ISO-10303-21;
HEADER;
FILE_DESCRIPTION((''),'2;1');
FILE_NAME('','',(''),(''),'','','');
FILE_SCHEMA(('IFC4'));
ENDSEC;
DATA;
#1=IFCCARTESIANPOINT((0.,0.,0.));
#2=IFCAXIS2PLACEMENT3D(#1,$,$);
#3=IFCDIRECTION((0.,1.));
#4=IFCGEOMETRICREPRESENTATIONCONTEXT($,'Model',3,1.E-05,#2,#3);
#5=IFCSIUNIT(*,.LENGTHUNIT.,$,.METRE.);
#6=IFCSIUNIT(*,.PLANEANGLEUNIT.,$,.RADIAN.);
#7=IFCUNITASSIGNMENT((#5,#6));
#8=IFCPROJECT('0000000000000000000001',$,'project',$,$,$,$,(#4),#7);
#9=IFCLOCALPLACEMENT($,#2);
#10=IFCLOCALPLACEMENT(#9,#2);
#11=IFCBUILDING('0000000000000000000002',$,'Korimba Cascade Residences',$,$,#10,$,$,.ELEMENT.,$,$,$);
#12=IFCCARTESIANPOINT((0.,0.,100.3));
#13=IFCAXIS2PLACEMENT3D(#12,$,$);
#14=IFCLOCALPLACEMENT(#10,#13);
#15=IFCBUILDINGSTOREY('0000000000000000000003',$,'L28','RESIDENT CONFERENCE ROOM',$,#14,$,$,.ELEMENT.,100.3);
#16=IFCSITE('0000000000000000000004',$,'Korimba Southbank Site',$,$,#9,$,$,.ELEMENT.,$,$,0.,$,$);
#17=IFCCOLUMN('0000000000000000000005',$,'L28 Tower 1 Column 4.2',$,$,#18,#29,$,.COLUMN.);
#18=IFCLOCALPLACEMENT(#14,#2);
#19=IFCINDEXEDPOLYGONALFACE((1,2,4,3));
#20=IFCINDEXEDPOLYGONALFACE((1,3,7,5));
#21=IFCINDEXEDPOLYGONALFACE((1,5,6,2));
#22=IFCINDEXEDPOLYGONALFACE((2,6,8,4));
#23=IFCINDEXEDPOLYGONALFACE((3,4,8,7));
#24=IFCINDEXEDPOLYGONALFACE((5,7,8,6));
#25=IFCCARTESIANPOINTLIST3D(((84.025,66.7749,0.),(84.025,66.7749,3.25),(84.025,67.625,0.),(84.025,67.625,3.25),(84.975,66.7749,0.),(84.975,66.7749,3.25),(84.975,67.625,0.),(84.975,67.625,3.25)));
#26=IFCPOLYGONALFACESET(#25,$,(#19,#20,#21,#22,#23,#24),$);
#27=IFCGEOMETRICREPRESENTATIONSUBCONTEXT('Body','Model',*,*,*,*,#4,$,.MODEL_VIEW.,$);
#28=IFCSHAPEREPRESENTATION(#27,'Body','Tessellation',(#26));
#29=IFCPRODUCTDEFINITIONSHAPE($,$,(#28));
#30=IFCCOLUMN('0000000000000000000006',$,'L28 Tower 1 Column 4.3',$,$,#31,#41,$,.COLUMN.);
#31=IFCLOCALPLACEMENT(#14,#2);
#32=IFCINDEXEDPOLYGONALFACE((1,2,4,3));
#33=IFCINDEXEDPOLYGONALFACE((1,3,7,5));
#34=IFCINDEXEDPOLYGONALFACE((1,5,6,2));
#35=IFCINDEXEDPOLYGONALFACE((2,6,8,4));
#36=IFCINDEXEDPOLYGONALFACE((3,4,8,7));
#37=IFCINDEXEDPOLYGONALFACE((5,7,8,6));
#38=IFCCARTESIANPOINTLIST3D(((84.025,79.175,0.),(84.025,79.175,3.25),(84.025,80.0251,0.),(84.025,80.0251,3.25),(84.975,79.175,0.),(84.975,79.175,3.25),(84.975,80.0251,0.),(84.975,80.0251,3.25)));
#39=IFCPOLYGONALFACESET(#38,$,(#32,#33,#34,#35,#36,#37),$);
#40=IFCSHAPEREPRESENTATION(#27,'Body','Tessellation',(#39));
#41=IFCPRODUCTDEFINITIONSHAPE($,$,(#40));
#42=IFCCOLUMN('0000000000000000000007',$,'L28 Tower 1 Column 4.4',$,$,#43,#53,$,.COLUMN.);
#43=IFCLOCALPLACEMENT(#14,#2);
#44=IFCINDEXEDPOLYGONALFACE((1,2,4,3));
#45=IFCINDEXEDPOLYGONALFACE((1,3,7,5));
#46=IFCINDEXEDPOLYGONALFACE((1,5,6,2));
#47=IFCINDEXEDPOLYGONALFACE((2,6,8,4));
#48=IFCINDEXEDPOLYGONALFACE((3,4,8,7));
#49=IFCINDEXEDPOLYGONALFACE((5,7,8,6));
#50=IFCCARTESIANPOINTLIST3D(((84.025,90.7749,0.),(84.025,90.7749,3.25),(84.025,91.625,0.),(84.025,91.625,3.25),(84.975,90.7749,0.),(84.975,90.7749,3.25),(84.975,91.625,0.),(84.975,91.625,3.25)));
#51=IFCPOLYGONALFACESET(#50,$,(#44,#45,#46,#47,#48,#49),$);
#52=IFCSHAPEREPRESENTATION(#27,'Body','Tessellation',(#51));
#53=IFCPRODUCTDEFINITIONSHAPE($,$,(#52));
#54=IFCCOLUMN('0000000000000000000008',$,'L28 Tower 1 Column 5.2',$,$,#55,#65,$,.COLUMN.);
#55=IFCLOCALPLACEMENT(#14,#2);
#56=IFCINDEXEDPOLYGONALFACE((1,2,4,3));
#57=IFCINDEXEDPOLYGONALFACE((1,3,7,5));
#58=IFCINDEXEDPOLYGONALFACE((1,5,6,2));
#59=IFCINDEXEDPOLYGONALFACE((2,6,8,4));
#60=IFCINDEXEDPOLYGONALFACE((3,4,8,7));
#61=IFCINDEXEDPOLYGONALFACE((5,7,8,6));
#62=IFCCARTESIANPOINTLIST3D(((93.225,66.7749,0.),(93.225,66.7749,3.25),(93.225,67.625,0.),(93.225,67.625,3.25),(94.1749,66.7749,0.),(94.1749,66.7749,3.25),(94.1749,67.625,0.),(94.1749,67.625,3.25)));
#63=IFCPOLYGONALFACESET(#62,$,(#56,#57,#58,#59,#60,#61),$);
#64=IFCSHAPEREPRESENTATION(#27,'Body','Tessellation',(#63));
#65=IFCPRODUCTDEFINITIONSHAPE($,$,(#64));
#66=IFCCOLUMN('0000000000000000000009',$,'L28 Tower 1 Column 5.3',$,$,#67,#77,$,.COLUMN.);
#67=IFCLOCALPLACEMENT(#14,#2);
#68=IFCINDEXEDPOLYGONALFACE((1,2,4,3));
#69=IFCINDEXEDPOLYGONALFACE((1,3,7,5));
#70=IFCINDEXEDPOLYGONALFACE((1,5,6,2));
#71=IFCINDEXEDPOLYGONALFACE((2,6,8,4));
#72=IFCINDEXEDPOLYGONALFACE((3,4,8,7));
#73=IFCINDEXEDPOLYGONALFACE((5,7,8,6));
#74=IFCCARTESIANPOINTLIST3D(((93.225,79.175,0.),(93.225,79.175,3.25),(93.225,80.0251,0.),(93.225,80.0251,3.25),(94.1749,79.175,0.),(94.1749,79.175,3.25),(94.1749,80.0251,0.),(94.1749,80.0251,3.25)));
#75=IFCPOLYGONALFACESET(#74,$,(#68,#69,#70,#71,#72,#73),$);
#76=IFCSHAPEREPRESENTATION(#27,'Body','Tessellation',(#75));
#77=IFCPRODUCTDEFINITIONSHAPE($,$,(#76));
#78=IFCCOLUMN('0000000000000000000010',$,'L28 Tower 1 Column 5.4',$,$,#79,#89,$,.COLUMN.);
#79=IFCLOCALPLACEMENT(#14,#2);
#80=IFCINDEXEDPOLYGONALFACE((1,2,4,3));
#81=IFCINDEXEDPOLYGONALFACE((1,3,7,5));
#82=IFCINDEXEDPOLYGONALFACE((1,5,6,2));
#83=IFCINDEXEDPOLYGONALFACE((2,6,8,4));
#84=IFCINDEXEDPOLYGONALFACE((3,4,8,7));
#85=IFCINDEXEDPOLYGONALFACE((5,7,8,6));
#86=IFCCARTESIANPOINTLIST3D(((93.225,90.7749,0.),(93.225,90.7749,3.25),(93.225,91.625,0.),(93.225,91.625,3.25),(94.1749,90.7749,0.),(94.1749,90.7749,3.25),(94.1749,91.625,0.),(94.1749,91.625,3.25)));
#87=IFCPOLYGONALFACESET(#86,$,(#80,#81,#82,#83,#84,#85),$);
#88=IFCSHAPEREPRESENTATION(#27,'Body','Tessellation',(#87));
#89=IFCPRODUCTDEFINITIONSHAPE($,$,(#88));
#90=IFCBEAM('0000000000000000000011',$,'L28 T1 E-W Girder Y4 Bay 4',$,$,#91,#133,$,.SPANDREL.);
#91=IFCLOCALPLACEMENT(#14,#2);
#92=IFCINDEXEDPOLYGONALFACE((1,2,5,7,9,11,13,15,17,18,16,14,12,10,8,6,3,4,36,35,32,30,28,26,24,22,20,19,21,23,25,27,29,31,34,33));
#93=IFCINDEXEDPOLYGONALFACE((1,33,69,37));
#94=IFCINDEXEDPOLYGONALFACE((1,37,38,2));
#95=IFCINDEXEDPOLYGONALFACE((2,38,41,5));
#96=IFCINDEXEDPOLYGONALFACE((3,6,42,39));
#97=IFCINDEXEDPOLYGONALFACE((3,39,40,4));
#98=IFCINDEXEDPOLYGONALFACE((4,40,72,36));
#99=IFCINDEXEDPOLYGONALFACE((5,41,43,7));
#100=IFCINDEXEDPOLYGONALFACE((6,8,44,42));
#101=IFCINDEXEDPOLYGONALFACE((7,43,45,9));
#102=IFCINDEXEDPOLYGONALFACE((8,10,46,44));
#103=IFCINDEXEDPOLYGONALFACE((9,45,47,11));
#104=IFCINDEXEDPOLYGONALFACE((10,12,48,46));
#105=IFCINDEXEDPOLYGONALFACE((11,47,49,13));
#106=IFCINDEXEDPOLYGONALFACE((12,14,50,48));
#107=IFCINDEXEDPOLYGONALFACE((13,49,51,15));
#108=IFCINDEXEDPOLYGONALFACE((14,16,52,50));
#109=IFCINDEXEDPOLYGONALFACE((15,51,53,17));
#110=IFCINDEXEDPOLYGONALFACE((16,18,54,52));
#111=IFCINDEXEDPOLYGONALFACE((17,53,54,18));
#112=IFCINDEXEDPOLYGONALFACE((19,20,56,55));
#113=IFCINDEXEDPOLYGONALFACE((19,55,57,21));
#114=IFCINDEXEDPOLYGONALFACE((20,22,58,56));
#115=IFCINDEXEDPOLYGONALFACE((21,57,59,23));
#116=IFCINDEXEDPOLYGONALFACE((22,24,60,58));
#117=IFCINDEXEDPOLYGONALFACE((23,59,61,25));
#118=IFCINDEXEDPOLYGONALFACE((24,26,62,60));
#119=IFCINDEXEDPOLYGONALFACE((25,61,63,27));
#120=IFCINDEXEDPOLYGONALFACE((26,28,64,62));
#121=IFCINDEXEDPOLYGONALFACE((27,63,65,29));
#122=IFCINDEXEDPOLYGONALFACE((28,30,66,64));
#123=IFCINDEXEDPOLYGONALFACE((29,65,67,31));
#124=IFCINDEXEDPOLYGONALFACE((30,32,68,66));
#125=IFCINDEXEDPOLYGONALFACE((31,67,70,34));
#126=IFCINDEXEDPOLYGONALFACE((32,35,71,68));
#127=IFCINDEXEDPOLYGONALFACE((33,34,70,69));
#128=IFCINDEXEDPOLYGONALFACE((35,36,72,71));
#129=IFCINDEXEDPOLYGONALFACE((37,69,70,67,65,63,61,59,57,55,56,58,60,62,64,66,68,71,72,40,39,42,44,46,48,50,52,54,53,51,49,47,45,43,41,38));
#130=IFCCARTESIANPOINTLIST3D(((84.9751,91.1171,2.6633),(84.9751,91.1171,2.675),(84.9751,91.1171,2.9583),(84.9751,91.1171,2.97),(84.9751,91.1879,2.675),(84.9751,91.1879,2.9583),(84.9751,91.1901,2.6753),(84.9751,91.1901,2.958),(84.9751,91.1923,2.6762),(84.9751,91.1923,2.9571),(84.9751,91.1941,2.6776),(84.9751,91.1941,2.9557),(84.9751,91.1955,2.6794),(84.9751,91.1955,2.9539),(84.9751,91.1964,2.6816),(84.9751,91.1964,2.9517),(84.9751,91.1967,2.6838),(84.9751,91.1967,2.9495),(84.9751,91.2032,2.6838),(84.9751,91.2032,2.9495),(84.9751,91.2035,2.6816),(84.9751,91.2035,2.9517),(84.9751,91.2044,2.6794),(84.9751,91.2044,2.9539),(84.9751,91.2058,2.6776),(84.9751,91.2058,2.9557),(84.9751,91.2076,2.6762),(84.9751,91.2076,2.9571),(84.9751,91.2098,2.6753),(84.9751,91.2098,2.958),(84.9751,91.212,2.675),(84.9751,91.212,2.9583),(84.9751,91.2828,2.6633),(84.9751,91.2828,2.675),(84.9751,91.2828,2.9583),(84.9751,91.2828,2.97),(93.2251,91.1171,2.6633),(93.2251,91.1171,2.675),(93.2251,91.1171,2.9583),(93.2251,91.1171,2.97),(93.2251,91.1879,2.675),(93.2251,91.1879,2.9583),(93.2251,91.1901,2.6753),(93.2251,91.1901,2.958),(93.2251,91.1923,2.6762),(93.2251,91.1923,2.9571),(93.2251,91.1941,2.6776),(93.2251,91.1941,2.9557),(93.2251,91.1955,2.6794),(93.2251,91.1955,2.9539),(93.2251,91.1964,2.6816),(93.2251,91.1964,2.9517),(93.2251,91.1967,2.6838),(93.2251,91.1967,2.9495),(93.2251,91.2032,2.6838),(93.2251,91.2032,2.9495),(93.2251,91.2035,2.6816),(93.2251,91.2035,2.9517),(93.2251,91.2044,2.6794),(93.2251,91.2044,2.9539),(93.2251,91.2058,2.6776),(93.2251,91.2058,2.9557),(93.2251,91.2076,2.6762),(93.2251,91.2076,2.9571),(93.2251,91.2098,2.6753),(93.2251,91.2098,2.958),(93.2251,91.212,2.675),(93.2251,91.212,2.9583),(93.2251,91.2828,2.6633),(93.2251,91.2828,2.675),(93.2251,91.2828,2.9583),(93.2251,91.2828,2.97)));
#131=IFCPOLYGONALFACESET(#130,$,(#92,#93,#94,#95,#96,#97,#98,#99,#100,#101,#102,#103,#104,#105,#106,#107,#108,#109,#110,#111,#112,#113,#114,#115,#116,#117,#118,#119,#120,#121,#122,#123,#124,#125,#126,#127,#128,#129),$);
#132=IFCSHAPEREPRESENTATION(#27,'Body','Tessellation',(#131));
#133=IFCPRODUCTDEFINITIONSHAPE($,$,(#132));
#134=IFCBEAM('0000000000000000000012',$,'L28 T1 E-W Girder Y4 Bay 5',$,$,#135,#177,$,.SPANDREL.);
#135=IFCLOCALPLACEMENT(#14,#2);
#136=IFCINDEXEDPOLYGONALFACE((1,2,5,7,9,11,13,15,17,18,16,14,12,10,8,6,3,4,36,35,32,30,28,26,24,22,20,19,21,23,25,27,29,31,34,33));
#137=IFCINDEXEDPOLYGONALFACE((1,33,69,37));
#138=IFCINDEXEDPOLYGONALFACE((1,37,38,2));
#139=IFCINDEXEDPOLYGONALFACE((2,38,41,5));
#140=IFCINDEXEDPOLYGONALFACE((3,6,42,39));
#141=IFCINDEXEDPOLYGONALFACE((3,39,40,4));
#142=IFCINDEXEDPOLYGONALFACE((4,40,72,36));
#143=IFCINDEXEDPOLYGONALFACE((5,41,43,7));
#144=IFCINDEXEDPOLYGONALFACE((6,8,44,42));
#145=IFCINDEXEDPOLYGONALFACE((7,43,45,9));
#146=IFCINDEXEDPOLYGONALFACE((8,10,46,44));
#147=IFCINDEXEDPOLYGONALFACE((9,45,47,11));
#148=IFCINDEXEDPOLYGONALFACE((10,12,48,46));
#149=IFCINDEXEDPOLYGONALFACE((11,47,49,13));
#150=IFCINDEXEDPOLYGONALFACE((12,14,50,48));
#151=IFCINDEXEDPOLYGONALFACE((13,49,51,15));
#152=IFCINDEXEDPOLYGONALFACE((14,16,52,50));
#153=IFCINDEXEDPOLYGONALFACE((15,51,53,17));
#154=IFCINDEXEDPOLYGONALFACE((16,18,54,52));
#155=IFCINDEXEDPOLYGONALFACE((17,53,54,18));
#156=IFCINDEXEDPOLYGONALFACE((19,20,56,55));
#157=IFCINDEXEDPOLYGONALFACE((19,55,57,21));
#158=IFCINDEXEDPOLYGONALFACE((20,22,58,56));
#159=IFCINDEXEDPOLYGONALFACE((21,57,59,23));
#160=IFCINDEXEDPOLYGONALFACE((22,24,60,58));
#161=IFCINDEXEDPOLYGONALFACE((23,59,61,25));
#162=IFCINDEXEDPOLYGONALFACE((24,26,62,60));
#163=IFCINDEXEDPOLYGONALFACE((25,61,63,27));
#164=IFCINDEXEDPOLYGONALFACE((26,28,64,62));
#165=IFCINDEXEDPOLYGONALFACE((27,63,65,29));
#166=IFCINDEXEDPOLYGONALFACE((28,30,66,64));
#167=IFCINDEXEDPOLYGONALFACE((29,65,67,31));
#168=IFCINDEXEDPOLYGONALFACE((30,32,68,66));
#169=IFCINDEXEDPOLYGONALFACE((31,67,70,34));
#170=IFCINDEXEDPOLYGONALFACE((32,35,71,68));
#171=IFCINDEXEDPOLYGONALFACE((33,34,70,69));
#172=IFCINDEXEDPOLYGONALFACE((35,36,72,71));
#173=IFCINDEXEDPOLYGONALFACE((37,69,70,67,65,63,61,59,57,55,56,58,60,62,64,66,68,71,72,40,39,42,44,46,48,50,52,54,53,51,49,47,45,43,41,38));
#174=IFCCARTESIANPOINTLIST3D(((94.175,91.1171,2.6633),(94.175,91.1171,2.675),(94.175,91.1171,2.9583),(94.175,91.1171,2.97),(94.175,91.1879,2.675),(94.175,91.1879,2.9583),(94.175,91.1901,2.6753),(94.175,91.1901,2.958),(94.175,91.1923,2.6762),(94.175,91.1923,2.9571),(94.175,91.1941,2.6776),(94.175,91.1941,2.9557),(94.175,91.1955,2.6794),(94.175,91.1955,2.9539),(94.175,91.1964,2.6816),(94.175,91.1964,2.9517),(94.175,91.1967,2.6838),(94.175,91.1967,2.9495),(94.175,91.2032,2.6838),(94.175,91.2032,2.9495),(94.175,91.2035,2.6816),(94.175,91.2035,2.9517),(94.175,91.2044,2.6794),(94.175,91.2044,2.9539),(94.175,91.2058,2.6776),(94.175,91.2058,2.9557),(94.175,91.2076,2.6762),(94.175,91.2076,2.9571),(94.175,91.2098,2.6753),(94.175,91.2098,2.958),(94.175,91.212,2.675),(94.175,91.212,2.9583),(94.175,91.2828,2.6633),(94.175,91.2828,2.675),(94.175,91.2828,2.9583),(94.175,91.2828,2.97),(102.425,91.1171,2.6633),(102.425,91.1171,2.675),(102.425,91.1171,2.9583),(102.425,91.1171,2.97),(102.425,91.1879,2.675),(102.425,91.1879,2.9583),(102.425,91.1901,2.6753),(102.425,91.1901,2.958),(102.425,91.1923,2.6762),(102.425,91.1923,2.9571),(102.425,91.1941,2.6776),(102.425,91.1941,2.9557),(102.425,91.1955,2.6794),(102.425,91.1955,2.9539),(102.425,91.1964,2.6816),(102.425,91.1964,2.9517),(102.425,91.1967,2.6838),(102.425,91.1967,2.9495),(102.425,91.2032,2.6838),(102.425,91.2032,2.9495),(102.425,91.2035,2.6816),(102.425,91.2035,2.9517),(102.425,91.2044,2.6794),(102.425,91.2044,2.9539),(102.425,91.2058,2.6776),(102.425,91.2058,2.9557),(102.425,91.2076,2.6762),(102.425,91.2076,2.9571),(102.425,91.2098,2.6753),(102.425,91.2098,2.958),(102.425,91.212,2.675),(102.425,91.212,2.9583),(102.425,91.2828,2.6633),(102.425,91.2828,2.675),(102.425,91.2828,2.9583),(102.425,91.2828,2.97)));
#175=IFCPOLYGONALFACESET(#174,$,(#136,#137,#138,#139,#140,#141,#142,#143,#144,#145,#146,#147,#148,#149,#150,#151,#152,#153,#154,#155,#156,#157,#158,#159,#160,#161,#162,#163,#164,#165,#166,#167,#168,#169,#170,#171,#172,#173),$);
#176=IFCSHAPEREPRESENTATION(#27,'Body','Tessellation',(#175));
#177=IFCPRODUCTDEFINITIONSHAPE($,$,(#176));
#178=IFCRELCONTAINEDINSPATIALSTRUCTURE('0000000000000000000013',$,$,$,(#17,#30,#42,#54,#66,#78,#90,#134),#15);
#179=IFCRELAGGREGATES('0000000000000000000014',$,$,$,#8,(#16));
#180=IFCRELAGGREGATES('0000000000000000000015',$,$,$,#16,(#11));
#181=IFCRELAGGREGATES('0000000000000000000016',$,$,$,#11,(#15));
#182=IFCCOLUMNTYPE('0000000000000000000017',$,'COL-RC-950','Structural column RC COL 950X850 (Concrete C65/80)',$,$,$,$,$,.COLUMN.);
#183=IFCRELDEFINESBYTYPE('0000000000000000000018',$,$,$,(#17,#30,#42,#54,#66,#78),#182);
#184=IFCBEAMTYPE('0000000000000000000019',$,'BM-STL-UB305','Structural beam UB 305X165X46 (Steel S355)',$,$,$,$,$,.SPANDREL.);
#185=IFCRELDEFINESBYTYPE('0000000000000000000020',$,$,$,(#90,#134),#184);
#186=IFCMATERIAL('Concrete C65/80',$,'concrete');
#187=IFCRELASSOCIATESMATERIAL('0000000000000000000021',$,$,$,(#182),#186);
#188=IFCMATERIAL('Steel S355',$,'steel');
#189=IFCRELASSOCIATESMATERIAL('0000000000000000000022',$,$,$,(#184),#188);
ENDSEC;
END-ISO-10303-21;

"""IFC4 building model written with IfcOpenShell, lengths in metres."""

from ifc_helpers import new_model, si_unit, direction, frame, origin, origin_2d, place, context, subcontext, project, spatial, rectangle, i_section, extrude, material, material_profile, profile_set, type_object, element, save


model = new_model("IFC4")

# Units and contexts
model_context = context("Model", 3, precision=1e-05, world=origin(), true_north=direction((0.0, 1.0)))
body_context = subcontext(model_context, "Body", "Model", "MODEL_VIEW")
ifc_project = project(units=[si_unit("LENGTHUNIT", "METRE"), si_unit("PLANEANGLEUNIT", "RADIAN")], contexts=[model_context])

# Site, building, storey
site_placement = place(None, origin())
site = spatial("IfcSite", under=ifc_project, at=site_placement, Name="Korimba Southbank Site", CompositionType="ELEMENT", RefElevation=0.0)
building_placement = place(site_placement, origin())
building = spatial("IfcBuilding", under=site, at=building_placement, Name="Korimba Cascade Residences", CompositionType="ELEMENT")
storey_placement = place(building_placement, frame((0.0, 0.0, 100.3)))
storey = spatial("IfcBuildingStorey", under=building, at=storey_placement, Name="L28", Description="RESIDENT CONFERENCE ROOM", CompositionType="ELEMENT", Elevation=100.3)

# Columns
ifc_material_1 = material(Name="Concrete C65/80", Category="concrete")
ifc_material_profile_1 = material_profile(ifc_material_1, rectangle(XDim=0.95, YDim=0.8501, at=origin_2d()), Name="Concrete C65/80")
ifc_profile_set_1 = profile_set([ifc_material_profile_1], Name="Concrete C65/80")
column_type = type_object("IfcColumnType", Name="COL-RC-950", Description="Structural column RC COL 950X850 (Concrete C65/80)", PredefinedType="COLUMN", material=ifc_profile_set_1)
for number, where, z_axis, x_axis, name in (
    (1, (84.5, 67.2, 0.0), (0.0, 0.0, 1.0), (1.0, 0.0, 0.0), "L28 Tower 1 Column 4.2"),
    (2, (84.5, 79.6001, 0.0), (0.0, 0.0, 1.0), (1.0, 0.0, 0.0), "L28 Tower 1 Column 4.3"),
    (3, (84.5, 91.2, 0.0), (0.0, 0.0, 1.0), (1.0, 0.0, 0.0), "L28 Tower 1 Column 4.4"),
    (4, (93.7, 67.2, 0.0), (0.0, 0.0, 1.0), (1.0, 0.0, 0.0), "L28 Tower 1 Column 5.2"),
    (5, (93.7, 79.6001, 0.0), (0.0, 0.0, 1.0), (1.0, 0.0, 0.0), "L28 Tower 1 Column 5.3"),
    (6, (93.7, 91.2, 0.0), (0.0, 0.0, 1.0), (1.0, 0.0, 0.0), "L28 Tower 1 Column 5.4"),
):
    element("IfcColumn", number, at=place(storey_placement, frame(where, z_axis=z_axis, x_axis=x_axis)), inside=storey, type_object=column_type, Name=name, PredefinedType="COLUMN", context=body_context, shape_type="SweptSolid", body=[
        extrude(rectangle(XDim=0.95, YDim=0.8501, at=origin_2d()), origin(), (0.0, 0.0, 1.0), 3.25),
    ])

# Beams
ifc_material_2 = material(Name="Steel S355", Category="steel")
ifc_material_profile_2 = material_profile(ifc_material_2, i_section(OverallWidth=0.1658, OverallDepth=0.3066, WebThickness=0.0066, FlangeThickness=0.0117, FilletRadius=0.0088, at=origin_2d()), Name="Steel S355")
ifc_profile_set_2 = profile_set([ifc_material_profile_2], Name="Steel S355")
beam_type_1 = type_object("IfcBeamType", Name="BM-STL-UB305", Description="Structural beam UB 305X165X46 (Steel S355)", PredefinedType="SPANDREL", material=ifc_profile_set_2)
for number, where, z_axis, x_axis, name in (
    (7, (84.9751, 91.2, 2.8167), (1.0, 0.0, 0.0), (0.0, 1.0, 0.0), "L28 T1 E-W Girder Y4 Bay 4"),
    (8, (94.175, 91.2, 2.8167), (1.0, 0.0, 0.0), (0.0, 1.0, 0.0), "L28 T1 E-W Girder Y4 Bay 5"),
):
    element("IfcBeam", number, at=place(storey_placement, frame(where, z_axis=z_axis, x_axis=x_axis)), inside=storey, type_object=beam_type_1, Name=name, PredefinedType="SPANDREL", context=body_context, shape_type="SweptSolid", body=[
        extrude(i_section(OverallWidth=0.1658, OverallDepth=0.3066, WebThickness=0.0066, FlangeThickness=0.0117, FilletRadius=0.0088, at=origin_2d()), origin(), (0.0, 0.0, 1.0), 8.25),
    ])

save(model, "model.ifc")
